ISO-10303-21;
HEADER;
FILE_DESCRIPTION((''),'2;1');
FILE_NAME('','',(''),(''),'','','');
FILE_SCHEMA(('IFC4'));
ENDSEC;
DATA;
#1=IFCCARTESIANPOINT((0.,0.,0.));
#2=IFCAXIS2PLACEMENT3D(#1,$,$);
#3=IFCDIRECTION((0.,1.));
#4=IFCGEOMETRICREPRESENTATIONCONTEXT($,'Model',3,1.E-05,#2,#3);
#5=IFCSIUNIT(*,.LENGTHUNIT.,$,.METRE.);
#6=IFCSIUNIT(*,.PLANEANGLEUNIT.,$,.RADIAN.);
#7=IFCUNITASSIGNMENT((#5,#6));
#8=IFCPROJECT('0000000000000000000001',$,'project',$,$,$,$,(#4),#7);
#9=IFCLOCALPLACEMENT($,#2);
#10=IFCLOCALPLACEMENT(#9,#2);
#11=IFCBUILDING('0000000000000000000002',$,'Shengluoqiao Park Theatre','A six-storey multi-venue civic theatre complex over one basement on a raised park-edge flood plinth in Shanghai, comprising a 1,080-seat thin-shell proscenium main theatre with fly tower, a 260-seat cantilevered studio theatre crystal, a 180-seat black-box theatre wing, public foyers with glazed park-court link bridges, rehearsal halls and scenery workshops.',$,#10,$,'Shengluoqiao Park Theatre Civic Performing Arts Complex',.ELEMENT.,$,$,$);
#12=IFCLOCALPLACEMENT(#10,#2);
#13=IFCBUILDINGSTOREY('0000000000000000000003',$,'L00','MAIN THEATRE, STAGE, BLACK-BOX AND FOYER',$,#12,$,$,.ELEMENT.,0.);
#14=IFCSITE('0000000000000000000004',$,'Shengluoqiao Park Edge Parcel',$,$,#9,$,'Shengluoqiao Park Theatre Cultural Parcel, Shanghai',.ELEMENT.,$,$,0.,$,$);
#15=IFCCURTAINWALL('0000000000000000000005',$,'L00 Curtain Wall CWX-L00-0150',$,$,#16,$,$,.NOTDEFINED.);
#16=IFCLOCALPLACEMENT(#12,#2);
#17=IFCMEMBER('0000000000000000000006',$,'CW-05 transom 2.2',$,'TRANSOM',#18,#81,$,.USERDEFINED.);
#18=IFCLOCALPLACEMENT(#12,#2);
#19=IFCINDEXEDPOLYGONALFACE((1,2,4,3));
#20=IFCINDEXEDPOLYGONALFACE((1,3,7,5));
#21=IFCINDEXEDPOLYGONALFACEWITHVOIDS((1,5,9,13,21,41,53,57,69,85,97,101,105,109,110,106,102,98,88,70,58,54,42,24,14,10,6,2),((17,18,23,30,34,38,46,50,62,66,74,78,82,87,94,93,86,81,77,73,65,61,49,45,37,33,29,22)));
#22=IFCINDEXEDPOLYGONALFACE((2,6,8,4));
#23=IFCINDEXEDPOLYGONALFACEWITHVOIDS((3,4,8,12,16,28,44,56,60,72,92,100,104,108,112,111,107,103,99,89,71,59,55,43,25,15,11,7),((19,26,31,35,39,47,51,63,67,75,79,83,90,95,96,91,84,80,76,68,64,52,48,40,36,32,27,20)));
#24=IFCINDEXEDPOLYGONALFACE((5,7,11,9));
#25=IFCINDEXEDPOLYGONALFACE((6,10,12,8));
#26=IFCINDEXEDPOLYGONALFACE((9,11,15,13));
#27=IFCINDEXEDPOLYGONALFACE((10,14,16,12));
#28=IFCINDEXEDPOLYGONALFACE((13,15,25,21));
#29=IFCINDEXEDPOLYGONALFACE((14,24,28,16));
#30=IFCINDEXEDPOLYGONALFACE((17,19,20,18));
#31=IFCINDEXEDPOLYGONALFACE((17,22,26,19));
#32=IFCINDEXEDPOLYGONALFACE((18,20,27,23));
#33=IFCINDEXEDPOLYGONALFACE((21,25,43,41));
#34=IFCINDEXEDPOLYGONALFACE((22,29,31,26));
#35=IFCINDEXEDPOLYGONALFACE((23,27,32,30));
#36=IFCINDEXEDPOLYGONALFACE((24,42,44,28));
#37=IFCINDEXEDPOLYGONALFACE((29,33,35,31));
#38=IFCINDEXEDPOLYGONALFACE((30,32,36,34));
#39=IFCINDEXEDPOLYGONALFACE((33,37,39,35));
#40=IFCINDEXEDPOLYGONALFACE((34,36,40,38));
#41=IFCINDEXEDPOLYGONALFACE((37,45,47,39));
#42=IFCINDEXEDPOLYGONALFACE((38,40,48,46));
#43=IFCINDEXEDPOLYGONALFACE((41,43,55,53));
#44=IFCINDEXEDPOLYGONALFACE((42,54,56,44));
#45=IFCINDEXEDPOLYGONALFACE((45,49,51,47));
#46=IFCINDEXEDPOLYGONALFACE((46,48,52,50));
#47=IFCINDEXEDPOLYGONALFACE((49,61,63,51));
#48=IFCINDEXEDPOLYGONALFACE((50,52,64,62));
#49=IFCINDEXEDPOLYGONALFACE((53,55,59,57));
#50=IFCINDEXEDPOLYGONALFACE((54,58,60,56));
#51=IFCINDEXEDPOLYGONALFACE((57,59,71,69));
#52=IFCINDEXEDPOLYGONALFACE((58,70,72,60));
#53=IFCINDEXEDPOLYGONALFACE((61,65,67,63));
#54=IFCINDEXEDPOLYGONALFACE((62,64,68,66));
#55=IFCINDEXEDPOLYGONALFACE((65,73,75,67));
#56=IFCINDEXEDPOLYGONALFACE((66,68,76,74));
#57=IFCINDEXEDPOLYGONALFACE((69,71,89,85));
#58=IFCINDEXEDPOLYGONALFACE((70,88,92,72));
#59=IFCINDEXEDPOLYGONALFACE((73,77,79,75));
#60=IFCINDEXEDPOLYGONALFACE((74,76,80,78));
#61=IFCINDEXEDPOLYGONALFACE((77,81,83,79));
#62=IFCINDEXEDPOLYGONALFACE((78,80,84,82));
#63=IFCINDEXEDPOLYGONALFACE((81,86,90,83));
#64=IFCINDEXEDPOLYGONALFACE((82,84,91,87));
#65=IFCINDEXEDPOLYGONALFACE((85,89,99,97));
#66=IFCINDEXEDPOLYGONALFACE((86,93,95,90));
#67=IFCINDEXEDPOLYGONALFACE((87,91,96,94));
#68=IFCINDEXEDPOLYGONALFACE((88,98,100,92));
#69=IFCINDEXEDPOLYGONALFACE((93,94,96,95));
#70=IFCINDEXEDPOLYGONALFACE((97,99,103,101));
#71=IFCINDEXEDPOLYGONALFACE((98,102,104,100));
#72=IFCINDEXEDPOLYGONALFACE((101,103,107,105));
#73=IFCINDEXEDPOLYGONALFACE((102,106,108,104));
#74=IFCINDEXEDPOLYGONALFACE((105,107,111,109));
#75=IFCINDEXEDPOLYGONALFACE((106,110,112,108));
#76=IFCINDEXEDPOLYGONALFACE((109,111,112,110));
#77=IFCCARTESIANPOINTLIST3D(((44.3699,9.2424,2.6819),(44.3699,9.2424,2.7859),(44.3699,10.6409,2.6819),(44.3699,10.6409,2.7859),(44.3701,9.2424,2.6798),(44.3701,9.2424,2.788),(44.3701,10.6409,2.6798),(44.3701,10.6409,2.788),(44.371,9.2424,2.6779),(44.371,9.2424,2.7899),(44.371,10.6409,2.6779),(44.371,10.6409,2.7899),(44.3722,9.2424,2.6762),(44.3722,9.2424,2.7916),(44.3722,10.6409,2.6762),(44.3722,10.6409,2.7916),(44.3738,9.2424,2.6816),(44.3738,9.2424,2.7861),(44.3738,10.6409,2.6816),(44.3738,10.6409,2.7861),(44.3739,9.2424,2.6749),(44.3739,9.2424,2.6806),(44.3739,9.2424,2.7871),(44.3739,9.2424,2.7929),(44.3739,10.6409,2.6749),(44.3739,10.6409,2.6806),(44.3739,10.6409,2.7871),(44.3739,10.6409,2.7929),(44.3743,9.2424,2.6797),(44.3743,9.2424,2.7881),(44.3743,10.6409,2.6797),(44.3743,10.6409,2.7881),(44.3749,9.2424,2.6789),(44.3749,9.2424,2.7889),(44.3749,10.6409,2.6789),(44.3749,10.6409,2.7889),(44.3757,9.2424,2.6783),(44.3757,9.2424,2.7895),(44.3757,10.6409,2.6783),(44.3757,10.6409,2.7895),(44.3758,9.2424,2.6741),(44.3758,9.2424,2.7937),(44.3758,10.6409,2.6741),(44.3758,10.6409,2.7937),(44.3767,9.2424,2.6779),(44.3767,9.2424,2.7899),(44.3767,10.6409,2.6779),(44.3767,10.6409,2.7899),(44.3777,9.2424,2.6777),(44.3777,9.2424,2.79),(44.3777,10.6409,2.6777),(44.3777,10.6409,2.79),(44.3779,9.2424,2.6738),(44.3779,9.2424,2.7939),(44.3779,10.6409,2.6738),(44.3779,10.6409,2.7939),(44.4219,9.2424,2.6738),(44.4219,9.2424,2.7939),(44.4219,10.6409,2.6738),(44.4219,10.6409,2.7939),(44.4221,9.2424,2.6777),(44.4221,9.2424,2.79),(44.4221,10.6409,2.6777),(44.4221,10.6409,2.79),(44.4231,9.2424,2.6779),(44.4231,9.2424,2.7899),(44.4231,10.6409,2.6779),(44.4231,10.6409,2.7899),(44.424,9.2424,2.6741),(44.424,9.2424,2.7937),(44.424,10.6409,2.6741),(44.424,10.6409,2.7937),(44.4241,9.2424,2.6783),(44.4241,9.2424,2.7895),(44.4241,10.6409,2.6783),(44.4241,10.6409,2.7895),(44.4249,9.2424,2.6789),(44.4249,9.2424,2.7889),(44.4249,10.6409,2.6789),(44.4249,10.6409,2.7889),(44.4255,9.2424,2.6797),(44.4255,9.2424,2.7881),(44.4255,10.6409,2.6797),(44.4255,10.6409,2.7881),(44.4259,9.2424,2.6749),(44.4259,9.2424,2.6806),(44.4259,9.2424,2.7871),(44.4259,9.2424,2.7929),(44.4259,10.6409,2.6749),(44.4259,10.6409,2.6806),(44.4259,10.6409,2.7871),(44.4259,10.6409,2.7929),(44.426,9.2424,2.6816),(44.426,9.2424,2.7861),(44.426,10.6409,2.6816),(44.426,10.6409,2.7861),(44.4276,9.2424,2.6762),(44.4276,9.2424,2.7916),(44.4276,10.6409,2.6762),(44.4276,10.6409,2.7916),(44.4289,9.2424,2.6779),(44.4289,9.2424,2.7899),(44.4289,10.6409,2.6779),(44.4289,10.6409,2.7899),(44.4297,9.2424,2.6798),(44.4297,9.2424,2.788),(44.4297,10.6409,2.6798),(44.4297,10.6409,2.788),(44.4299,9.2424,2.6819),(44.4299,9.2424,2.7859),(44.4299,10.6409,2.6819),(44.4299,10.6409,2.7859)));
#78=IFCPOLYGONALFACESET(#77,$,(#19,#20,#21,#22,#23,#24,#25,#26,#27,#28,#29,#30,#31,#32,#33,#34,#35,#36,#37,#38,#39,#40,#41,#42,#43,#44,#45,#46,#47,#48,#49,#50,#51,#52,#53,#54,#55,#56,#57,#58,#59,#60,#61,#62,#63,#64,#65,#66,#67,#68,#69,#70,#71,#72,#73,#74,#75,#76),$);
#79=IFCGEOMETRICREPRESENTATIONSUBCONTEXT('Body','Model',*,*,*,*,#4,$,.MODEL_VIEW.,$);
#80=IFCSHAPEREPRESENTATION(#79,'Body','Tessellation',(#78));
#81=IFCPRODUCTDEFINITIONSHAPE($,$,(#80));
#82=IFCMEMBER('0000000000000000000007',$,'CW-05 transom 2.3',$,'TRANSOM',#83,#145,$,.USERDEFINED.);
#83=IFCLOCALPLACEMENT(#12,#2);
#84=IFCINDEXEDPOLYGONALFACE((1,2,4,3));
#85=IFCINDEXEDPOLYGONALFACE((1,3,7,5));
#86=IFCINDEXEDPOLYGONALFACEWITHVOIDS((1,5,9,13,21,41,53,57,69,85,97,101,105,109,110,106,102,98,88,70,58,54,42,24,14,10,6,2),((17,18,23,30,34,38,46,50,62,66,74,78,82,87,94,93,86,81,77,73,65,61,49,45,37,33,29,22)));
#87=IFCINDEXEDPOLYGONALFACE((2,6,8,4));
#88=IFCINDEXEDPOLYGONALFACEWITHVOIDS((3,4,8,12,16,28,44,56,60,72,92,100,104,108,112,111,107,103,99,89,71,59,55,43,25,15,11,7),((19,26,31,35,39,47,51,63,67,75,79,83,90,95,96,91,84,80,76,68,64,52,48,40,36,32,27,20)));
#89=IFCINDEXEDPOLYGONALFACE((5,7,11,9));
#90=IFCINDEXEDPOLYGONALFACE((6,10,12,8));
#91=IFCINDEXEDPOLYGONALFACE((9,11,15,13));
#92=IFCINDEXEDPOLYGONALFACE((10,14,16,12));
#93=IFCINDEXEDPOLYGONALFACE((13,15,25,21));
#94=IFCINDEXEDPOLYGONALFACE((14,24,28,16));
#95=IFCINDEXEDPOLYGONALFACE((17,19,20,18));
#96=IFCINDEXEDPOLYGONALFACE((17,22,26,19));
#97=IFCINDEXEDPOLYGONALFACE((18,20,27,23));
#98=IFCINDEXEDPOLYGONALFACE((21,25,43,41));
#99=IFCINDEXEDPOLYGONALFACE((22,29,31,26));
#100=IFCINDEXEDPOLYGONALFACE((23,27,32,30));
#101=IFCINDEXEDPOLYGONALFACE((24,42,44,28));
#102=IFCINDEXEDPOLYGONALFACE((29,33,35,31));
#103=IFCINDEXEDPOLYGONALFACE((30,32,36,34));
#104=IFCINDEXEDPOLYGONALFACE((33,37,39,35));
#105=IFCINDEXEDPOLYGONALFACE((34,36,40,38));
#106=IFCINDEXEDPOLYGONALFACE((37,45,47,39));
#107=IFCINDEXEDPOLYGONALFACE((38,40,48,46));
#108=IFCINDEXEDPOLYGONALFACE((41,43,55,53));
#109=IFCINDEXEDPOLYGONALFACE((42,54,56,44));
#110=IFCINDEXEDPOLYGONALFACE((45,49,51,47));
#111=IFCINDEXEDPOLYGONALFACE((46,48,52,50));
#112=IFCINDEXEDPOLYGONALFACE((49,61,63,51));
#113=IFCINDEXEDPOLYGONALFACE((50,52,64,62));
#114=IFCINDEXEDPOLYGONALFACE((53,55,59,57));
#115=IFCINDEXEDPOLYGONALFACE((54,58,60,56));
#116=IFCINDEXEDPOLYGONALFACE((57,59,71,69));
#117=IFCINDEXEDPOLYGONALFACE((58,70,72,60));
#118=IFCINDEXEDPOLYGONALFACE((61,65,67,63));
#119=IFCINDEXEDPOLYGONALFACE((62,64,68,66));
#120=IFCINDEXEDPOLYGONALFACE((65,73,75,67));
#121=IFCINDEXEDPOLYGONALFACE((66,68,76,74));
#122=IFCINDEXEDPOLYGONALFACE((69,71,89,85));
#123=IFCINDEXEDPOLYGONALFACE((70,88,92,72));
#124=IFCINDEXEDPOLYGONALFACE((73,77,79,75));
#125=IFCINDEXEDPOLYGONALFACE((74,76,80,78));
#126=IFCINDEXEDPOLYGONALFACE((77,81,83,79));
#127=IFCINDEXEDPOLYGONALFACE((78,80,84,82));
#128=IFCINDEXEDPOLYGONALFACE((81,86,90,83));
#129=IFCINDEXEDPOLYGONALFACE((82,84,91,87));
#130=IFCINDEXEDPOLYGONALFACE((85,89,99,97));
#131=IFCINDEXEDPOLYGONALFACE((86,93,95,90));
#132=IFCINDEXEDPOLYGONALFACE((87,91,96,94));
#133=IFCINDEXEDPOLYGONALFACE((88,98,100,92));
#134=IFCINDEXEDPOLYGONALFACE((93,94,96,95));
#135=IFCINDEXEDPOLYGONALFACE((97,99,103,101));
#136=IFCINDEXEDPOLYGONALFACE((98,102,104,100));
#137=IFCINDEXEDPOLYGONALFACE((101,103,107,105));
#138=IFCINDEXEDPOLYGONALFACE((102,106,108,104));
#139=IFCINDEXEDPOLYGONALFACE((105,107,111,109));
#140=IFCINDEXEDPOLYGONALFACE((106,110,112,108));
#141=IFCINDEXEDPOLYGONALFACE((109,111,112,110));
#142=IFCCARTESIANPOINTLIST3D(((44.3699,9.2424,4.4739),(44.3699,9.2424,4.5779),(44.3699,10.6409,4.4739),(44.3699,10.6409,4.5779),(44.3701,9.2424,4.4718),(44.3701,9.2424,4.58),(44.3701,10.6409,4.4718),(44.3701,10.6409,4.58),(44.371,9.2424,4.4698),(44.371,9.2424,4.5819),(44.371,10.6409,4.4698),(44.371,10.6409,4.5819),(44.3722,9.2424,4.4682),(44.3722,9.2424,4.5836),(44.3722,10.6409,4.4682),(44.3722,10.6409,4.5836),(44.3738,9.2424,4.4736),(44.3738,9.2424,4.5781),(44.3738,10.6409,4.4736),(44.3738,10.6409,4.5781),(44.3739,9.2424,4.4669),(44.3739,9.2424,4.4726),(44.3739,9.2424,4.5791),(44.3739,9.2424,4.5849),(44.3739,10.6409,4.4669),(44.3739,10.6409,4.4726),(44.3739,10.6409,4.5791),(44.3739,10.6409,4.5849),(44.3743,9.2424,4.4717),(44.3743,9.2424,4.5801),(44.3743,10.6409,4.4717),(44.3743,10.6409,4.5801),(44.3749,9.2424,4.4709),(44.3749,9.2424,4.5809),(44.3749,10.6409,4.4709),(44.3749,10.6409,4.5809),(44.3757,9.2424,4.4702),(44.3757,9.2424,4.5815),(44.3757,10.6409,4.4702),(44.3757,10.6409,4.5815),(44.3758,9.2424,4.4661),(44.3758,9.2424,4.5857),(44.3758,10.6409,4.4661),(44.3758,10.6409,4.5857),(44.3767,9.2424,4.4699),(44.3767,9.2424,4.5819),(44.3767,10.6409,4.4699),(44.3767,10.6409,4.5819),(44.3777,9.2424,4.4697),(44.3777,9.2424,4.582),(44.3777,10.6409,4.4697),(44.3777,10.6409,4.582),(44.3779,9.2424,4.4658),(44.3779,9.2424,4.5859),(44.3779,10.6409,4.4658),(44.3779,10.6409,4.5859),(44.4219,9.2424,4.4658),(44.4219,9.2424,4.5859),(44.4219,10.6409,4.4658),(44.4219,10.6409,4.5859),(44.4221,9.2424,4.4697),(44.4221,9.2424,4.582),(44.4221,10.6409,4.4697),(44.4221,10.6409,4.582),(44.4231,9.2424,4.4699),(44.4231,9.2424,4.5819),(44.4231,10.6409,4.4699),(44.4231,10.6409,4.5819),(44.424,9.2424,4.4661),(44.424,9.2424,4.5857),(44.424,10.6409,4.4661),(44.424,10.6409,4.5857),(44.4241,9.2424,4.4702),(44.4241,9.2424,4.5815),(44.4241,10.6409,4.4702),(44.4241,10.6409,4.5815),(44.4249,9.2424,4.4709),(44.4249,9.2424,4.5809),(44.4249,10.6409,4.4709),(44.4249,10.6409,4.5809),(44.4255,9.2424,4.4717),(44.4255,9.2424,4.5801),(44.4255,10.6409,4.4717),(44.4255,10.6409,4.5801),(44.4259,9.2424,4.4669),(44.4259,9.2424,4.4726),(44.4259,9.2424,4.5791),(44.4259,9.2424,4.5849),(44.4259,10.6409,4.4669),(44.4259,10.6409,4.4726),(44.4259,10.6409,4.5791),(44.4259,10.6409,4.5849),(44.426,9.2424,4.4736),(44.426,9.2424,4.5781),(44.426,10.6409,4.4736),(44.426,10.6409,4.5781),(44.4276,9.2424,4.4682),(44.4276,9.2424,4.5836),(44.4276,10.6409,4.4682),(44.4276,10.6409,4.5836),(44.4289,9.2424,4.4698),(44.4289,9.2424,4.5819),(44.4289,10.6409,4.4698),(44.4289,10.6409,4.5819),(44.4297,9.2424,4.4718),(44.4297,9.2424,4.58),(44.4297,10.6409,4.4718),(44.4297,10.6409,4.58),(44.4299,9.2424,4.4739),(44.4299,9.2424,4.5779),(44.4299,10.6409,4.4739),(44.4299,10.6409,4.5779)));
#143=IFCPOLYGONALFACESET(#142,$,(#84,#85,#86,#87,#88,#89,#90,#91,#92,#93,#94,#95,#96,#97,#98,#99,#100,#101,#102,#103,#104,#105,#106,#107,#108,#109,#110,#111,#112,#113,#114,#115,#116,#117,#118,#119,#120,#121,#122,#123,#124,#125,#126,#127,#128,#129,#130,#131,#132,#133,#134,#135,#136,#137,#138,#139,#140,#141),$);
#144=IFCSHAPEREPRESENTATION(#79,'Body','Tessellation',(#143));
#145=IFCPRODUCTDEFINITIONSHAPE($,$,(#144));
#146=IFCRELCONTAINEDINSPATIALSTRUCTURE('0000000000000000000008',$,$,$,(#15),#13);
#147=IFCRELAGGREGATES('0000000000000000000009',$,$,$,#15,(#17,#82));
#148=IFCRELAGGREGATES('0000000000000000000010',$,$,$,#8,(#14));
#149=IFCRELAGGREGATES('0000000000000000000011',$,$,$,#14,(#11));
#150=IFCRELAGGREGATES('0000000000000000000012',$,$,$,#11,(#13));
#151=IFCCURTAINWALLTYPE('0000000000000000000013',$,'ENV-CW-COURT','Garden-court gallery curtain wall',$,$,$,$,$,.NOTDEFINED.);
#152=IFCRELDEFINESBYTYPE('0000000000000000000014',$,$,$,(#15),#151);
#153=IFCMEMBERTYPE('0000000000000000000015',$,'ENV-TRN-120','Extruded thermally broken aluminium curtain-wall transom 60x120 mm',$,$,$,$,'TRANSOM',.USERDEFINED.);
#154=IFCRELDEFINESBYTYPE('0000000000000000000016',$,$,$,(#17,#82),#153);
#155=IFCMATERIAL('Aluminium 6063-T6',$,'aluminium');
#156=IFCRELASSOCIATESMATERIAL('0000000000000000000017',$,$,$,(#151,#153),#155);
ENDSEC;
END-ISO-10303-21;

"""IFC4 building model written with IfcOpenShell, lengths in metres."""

from ifc_helpers import new_model, si_unit, direction, frame, origin, origin_2d, place, context, subcontext, project, spatial, hollow_rectangle, extrude, material, material_profile, profile_set, type_object, element, aggregate, save


model = new_model("IFC4")

# Units and contexts
model_context = context("Model", 3, precision=1e-05, world=origin(), true_north=direction((0.0, 1.0)))
body_context = subcontext(model_context, "Body", "Model", "MODEL_VIEW")
ifc_project = project(units=[si_unit("LENGTHUNIT", "METRE"), si_unit("PLANEANGLEUNIT", "RADIAN")], contexts=[model_context])

# Site, building, storey
site_placement = place(None, origin())
site = spatial("IfcSite", under=ifc_project, at=site_placement, Name="Shengluoqiao Park Edge Parcel", LongName="Shengluoqiao Park Theatre Cultural Parcel, Shanghai", CompositionType="ELEMENT", RefElevation=0.0)
building_placement = place(site_placement, origin())
building = spatial("IfcBuilding", under=site, at=building_placement, Name="Shengluoqiao Park Theatre", Description="A six-storey multi-venue civic theatre complex over one basement on a raised park-edge flood plinth in Shanghai, comprising a 1,080-seat thin-shell proscenium main theatre with fly tower, a 260-seat cantilevered studio theatre crystal, a 180-seat black-box theatre wing, public foyers with glazed park-court link bridges, rehearsal halls and scenery workshops.", LongName="Shengluoqiao Park Theatre Civic Performing Arts Complex", CompositionType="ELEMENT")
storey_placement = place(building_placement, origin())
storey = spatial("IfcBuildingStorey", under=building, at=storey_placement, Name="L00", Description="MAIN THEATRE, STAGE, BLACK-BOX AND FOYER", CompositionType="ELEMENT", Elevation=0.0)

# Curtain wall
ifc_material_1 = material(Name="Aluminium 6063-T6", Category="aluminium")
curtain_wall_type = type_object("IfcCurtainWallType", Name="ENV-CW-COURT", Description="Garden-court gallery curtain wall", PredefinedType="NOTDEFINED", material=ifc_material_1)
curtain_wall_1_placement = place(storey_placement, origin())
curtain_wall_1 = element("IfcCurtainWall", 1, at=curtain_wall_1_placement, inside=storey, type_object=curtain_wall_type, Name="L00 Curtain Wall CWX-L00-0150", PredefinedType="NOTDEFINED")

# Members
ifc_material_profile_1 = material_profile(ifc_material_1, hollow_rectangle(XDim=0.0601, YDim=0.1201, WallThickness=0.0039, InnerFilletRadius=0.0039, OuterFilletRadius=0.0081, at=origin_2d()), Name="ALU TRANSOM 120x60x4")
ifc_profile_set_1 = profile_set([ifc_material_profile_1], Name="Aluminium 6063-T6")
member_type_1 = type_object("IfcMemberType", Name="ENV-TRN-120", Description="Extruded thermally broken aluminium curtain-wall transom 60x120 mm", ElementType="TRANSOM", PredefinedType="USERDEFINED", material=ifc_profile_set_1)
member_1_placement = place(storey_placement, frame((44.3999, 9.2424, 2.7339), z_axis=(0.0, 1.0, 0.0), x_axis=(-1.0, 0.0, 0.0)))
member_1 = element("IfcMember", 2, at=member_1_placement, type_object=member_type_1, Name="CW-05 transom 2.2", ObjectType="TRANSOM", PredefinedType="USERDEFINED", context=body_context, shape_type="SweptSolid", body=[
    extrude(hollow_rectangle(XDim=0.0601, YDim=0.1201, WallThickness=0.0039, InnerFilletRadius=0.0039, OuterFilletRadius=0.0081, at=origin_2d()), origin(), (0.0, 0.0, 1.0), 1.3984),
])
member_2_placement = place(storey_placement, frame((44.3999, 9.2424, 4.5259), z_axis=(0.0, 1.0, 0.0), x_axis=(-1.0, 0.0, 0.0)))
member_2 = element("IfcMember", 3, at=member_2_placement, type_object=member_type_1, Name="CW-05 transom 2.3", ObjectType="TRANSOM", PredefinedType="USERDEFINED", context=body_context, shape_type="SweptSolid", body=[
    extrude(hollow_rectangle(XDim=0.0601, YDim=0.1201, WallThickness=0.0039, InnerFilletRadius=0.0039, OuterFilletRadius=0.0081, at=origin_2d()), origin(), (0.0, 0.0, 1.0), 1.3984),
])

aggregate(curtain_wall_1, [member_1, member_2])

save(model, "model.ifc")
